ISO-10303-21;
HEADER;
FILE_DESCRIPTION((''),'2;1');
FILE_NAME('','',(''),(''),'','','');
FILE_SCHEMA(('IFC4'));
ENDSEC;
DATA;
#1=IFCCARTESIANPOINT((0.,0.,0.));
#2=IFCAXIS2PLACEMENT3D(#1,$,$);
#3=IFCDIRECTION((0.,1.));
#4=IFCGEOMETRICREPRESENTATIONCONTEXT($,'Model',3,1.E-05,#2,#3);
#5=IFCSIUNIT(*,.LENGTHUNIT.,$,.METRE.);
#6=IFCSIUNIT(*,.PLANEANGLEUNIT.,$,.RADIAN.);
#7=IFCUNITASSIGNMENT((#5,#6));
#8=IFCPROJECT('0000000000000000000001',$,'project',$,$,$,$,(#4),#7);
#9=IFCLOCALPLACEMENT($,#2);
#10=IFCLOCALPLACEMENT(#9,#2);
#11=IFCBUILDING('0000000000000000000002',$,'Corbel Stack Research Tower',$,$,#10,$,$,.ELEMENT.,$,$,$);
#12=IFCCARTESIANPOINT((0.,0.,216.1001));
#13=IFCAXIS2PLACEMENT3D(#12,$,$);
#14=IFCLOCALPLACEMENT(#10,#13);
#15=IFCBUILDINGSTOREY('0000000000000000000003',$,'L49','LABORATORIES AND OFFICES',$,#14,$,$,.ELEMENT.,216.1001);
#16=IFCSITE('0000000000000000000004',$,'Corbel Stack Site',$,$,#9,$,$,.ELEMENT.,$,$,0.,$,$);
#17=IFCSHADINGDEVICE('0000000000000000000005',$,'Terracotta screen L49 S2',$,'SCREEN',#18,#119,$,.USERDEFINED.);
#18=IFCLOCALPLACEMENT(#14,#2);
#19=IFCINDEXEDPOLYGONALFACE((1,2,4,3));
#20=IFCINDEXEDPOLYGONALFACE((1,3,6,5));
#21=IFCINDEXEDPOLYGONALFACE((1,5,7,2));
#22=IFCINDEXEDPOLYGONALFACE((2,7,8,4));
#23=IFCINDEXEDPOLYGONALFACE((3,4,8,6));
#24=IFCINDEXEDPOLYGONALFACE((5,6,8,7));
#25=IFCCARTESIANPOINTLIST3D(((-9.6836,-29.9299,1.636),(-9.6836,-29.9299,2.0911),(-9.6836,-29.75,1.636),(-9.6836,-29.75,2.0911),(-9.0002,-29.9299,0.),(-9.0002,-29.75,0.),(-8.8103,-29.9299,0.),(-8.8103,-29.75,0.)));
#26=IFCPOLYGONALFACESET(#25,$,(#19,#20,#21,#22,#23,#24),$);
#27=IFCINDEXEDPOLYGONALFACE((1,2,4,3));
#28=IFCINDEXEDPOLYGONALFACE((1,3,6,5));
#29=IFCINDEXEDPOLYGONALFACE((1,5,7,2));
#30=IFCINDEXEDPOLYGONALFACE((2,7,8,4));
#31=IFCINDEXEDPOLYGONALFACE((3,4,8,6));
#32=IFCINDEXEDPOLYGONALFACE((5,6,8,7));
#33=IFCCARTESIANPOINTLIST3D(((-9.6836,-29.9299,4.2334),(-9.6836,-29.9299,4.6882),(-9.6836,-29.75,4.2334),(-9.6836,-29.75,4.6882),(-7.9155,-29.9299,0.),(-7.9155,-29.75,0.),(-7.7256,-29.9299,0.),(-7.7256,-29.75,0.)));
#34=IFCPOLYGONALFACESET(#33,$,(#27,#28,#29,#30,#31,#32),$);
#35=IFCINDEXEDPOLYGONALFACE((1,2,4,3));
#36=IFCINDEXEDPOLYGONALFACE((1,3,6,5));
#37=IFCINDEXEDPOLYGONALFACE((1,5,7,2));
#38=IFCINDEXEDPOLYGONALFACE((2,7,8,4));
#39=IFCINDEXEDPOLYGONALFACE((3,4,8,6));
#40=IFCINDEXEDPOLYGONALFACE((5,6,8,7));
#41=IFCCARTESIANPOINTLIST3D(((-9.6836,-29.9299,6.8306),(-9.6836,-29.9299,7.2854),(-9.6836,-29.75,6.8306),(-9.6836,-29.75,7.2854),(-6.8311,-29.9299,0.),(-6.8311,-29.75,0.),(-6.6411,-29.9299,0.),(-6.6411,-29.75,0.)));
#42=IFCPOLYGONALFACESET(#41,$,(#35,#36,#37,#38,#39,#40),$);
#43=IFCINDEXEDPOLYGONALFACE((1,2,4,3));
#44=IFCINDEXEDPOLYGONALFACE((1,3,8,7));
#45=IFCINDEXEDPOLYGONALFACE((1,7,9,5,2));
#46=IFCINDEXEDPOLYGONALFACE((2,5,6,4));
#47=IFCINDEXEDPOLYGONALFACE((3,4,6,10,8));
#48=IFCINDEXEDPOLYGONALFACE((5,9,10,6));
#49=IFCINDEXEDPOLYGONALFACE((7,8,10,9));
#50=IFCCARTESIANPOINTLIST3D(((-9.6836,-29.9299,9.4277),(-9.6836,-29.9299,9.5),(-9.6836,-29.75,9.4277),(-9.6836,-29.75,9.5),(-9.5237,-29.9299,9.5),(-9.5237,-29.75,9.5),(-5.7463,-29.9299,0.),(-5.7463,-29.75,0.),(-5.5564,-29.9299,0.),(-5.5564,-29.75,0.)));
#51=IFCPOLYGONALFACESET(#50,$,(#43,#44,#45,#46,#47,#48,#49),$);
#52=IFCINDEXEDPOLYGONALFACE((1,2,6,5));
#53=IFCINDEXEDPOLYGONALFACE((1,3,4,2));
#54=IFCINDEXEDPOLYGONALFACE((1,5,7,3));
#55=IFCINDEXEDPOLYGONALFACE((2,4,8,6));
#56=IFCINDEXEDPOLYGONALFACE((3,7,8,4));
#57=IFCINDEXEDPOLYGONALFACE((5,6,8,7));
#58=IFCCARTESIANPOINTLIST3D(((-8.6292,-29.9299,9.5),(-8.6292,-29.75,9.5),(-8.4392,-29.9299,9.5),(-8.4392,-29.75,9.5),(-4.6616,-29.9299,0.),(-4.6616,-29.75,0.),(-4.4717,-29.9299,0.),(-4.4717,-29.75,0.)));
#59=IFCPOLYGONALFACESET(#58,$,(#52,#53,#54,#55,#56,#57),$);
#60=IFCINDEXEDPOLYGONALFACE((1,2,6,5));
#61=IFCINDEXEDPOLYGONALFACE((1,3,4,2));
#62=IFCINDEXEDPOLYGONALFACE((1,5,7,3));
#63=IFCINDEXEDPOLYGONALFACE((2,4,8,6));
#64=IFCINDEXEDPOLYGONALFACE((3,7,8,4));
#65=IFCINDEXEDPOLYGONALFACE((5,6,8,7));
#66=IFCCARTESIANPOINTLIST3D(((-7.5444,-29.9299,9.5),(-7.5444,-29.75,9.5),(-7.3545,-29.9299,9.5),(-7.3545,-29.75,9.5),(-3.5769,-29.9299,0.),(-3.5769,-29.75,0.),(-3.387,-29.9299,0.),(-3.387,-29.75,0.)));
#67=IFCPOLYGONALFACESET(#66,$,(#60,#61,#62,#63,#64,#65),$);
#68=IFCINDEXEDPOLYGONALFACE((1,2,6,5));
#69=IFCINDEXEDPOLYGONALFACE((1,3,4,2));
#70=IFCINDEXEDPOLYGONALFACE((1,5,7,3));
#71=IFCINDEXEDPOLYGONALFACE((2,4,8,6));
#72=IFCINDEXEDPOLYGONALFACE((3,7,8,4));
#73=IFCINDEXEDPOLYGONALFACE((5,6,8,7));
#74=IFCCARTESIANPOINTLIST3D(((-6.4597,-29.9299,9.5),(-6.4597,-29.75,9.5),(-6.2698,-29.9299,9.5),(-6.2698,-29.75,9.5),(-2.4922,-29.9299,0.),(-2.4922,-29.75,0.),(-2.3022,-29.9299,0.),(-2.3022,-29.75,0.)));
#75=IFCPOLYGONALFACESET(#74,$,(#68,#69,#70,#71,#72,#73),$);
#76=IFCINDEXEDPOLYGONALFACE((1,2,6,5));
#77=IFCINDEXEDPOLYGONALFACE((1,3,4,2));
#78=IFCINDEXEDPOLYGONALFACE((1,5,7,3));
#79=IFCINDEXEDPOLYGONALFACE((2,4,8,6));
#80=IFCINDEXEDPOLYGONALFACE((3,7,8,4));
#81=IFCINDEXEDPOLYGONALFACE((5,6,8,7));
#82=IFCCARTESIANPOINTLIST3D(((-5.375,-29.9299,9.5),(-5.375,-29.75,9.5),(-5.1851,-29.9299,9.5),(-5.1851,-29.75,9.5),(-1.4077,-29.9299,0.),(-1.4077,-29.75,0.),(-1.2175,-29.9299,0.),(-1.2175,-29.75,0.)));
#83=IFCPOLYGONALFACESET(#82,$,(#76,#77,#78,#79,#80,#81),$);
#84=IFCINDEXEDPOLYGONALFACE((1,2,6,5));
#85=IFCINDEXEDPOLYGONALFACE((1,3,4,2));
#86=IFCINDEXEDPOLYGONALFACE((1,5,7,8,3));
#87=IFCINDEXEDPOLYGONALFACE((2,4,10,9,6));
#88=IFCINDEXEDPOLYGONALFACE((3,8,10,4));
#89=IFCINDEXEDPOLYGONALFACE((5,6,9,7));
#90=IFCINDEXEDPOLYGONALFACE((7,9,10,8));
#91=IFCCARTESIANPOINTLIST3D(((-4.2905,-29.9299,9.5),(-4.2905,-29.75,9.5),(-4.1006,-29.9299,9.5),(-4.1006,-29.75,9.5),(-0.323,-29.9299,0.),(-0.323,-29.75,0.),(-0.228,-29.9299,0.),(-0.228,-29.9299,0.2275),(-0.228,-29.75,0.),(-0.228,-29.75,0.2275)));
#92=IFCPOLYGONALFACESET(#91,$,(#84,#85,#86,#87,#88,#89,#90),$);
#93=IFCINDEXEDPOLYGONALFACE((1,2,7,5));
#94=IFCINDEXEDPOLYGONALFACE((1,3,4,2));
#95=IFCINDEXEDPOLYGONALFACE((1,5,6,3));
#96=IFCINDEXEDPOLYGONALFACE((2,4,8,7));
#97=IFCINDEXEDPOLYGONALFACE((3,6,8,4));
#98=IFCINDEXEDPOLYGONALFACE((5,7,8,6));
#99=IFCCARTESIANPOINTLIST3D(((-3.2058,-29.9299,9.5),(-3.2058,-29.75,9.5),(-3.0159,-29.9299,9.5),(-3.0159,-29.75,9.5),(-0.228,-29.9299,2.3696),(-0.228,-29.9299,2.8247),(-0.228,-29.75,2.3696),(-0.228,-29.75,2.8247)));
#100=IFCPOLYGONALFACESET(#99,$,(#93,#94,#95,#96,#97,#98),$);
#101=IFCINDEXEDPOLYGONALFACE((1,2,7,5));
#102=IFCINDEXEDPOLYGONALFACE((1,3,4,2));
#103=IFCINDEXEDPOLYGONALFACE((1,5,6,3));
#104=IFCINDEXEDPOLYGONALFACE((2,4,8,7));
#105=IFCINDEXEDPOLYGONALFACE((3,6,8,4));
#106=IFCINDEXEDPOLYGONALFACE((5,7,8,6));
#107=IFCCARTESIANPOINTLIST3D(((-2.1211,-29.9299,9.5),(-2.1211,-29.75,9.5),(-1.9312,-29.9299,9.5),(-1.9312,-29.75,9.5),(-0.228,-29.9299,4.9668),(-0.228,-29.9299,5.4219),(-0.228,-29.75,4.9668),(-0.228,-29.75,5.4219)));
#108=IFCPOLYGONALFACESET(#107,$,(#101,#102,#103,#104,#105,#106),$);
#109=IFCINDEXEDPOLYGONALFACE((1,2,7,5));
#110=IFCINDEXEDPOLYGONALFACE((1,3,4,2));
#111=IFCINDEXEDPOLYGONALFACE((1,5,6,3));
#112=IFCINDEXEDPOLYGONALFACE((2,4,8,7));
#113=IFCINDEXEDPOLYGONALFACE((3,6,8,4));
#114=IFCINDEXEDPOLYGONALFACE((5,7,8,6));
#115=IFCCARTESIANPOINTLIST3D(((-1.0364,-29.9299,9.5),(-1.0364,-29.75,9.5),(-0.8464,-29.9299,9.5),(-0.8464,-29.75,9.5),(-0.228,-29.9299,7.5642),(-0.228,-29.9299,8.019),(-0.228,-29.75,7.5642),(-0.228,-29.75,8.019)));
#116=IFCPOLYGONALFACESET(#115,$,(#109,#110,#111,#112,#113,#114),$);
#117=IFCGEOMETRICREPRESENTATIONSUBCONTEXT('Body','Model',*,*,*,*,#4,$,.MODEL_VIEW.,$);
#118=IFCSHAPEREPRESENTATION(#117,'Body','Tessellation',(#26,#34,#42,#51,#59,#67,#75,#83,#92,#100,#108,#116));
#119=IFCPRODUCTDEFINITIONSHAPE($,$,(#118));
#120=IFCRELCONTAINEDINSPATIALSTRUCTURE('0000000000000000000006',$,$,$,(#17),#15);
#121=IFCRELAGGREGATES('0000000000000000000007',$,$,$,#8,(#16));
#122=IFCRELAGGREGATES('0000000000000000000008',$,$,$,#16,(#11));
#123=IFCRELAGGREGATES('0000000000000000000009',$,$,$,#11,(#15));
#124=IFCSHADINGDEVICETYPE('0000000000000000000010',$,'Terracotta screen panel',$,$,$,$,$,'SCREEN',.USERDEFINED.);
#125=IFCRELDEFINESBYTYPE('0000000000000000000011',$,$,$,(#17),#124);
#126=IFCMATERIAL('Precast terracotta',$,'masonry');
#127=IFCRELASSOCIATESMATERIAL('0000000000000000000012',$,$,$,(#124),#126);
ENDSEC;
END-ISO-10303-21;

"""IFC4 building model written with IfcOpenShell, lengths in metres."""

from ifc_helpers import new_model, si_unit, direction, frame, origin, place, context, subcontext, project, spatial, polyline, outline, extrude, source, transform, mapped, material, type_object, element, save


model = new_model("IFC4")

# Units and contexts
model_context = context("Model", 3, precision=1e-05, world=origin(), true_north=direction((0.0, 1.0)))
body_context = subcontext(model_context, "Body", "Model", "MODEL_VIEW")
ifc_project = project(units=[si_unit("LENGTHUNIT", "METRE"), si_unit("PLANEANGLEUNIT", "RADIAN")], contexts=[model_context])

# Site, building, storey
site_placement = place(None, origin())
site = spatial("IfcSite", under=ifc_project, at=site_placement, Name="Corbel Stack Site", CompositionType="ELEMENT", RefElevation=0.0)
building_placement = place(site_placement, origin())
building = spatial("IfcBuilding", under=site, at=building_placement, Name="Corbel Stack Research Tower", CompositionType="ELEMENT")
storey_placement = place(building_placement, frame((0.0, 0.0, 216.1001)))
storey = spatial("IfcBuildingStorey", under=building, at=storey_placement, Name="L49", Description="LABORATORIES AND OFFICES", CompositionType="ELEMENT", Elevation=216.1001)

# Shading device
ifc_material_1 = material(Name="Precast terracotta", Category="masonry")
shading_device_type = type_object("IfcShadingDeviceType", Name="Terracotta screen panel", ElementType="SCREEN", PredefinedType="USERDEFINED", material=ifc_material_1)
shared_shape_1 = source(origin(), body_context, "Body", "SweptSolid", [
    extrude(outline(polyline([(0.8733, 0.0), (0.0, 2.0911), (0.0, 1.636), (0.6833, 0.0), (0.8733, 0.0)])), frame((0.0, 0.0, 0.0), z_axis=(0.0, -1.0, 0.0), x_axis=(1.0, 0.0, 0.0)), (0.0, 0.0, 1.0), 0.1799),
    extrude(outline(polyline([(1.958, 0.0), (0.0, 4.6882), (0.0, 4.2334), (1.7681, 0.0), (1.958, 0.0)])), frame((0.0, 0.0, 0.0), z_axis=(0.0, -1.0, 0.0), x_axis=(1.0, 0.0, 0.0)), (0.0, 0.0, 1.0), 0.1799),
    extrude(outline(polyline([(3.0425, 0.0), (0.0, 7.2854), (0.0, 6.8306), (2.8525, 0.0), (3.0425, 0.0)])), frame((0.0, 0.0, 0.0), z_axis=(0.0, -1.0, 0.0), x_axis=(1.0, 0.0, 0.0)), (0.0, 0.0, 1.0), 0.1799),
    extrude(outline(polyline([(4.1272, 0.0), (0.1599, 9.5), (0.0, 9.5), (0.0, 9.4277), (3.9373, 0.0), (4.1272, 0.0)])), frame((0.0, 0.0, 0.0), z_axis=(0.0, -1.0, 0.0), x_axis=(1.0, 0.0, 0.0)), (0.0, 0.0, 1.0), 0.1799),
    extrude(outline(polyline([(5.2119, 0.0), (1.2444, 9.5), (1.0544, 9.5), (5.022, 0.0), (5.2119, 0.0)])), frame((0.0, 0.0, 0.0), z_axis=(0.0, -1.0, 0.0), x_axis=(1.0, 0.0, 0.0)), (0.0, 0.0, 1.0), 0.1799),
    extrude(outline(polyline([(6.2966, 0.0), (2.3291, 9.5), (2.1392, 9.5), (6.1067, 0.0), (6.2966, 0.0)])), frame((0.0, 0.0, 0.0), z_axis=(0.0, -1.0, 0.0), x_axis=(1.0, 0.0, 0.0)), (0.0, 0.0, 1.0), 0.1799),
    extrude(outline(polyline([(7.3813, 0.0), (3.4138, 9.5), (3.2239, 9.5), (7.1914, 0.0), (7.3813, 0.0)])), frame((0.0, 0.0, 0.0), z_axis=(0.0, -1.0, 0.0), x_axis=(1.0, 0.0, 0.0)), (0.0, 0.0, 1.0), 0.1799),
    extrude(outline(polyline([(8.4661, 0.0), (4.4985, 9.5), (4.3086, 9.5), (8.2759, 0.0), (8.4661, 0.0)])), frame((0.0, 0.0, 0.0), z_axis=(0.0, -1.0, 0.0), x_axis=(1.0, 0.0, 0.0)), (0.0, 0.0, 1.0), 0.1799),
    extrude(outline(polyline([(9.4556, 0.0), (9.4556, 0.2275), (5.583, 9.5), (5.3931, 9.5), (9.3606, 0.0), (9.4556, 0.0)])), frame((0.0, 0.0, 0.0), z_axis=(0.0, -1.0, 0.0), x_axis=(1.0, 0.0, 0.0)), (0.0, 0.0, 1.0), 0.1799),
    extrude(outline(polyline([(6.6677, 9.5), (6.4778, 9.5), (9.4556, 2.3696), (9.4556, 2.8247), (6.6677, 9.5)])), frame((0.0, 0.0, 0.0), z_axis=(0.0, -1.0, 0.0), x_axis=(1.0, 0.0, 0.0)), (0.0, 0.0, 1.0), 0.1799),
    extrude(outline(polyline([(7.7524, 9.5), (7.5625, 9.5), (9.4556, 4.9668), (9.4556, 5.4219), (7.7524, 9.5)])), frame((0.0, 0.0, 0.0), z_axis=(0.0, -1.0, 0.0), x_axis=(1.0, 0.0, 0.0)), (0.0, 0.0, 1.0), 0.1799),
    extrude(outline(polyline([(8.8372, 9.5), (8.6472, 9.5), (9.4556, 7.5642), (9.4556, 8.019), (8.8372, 9.5)])), frame((0.0, 0.0, 0.0), z_axis=(0.0, -1.0, 0.0), x_axis=(1.0, 0.0, 0.0)), (0.0, 0.0, 1.0), 0.1799),
])
shading_device_1_placement = place(storey_placement, frame((-9.6836, -29.75, 0.0), z_axis=(0.0, 0.0, 1.0), x_axis=(1.0, 0.0, 0.0)))
element("IfcShadingDevice", 1, at=shading_device_1_placement, inside=storey, type_object=shading_device_type, Name="Terracotta screen L49 S2", ObjectType="SCREEN", PredefinedType="USERDEFINED", context=body_context, shape_type="MappedRepresentation", body=[
    mapped(shared_shape_1, transform((0.0, 0.0, 0.0))),
])

save(model, "model.ifc")
